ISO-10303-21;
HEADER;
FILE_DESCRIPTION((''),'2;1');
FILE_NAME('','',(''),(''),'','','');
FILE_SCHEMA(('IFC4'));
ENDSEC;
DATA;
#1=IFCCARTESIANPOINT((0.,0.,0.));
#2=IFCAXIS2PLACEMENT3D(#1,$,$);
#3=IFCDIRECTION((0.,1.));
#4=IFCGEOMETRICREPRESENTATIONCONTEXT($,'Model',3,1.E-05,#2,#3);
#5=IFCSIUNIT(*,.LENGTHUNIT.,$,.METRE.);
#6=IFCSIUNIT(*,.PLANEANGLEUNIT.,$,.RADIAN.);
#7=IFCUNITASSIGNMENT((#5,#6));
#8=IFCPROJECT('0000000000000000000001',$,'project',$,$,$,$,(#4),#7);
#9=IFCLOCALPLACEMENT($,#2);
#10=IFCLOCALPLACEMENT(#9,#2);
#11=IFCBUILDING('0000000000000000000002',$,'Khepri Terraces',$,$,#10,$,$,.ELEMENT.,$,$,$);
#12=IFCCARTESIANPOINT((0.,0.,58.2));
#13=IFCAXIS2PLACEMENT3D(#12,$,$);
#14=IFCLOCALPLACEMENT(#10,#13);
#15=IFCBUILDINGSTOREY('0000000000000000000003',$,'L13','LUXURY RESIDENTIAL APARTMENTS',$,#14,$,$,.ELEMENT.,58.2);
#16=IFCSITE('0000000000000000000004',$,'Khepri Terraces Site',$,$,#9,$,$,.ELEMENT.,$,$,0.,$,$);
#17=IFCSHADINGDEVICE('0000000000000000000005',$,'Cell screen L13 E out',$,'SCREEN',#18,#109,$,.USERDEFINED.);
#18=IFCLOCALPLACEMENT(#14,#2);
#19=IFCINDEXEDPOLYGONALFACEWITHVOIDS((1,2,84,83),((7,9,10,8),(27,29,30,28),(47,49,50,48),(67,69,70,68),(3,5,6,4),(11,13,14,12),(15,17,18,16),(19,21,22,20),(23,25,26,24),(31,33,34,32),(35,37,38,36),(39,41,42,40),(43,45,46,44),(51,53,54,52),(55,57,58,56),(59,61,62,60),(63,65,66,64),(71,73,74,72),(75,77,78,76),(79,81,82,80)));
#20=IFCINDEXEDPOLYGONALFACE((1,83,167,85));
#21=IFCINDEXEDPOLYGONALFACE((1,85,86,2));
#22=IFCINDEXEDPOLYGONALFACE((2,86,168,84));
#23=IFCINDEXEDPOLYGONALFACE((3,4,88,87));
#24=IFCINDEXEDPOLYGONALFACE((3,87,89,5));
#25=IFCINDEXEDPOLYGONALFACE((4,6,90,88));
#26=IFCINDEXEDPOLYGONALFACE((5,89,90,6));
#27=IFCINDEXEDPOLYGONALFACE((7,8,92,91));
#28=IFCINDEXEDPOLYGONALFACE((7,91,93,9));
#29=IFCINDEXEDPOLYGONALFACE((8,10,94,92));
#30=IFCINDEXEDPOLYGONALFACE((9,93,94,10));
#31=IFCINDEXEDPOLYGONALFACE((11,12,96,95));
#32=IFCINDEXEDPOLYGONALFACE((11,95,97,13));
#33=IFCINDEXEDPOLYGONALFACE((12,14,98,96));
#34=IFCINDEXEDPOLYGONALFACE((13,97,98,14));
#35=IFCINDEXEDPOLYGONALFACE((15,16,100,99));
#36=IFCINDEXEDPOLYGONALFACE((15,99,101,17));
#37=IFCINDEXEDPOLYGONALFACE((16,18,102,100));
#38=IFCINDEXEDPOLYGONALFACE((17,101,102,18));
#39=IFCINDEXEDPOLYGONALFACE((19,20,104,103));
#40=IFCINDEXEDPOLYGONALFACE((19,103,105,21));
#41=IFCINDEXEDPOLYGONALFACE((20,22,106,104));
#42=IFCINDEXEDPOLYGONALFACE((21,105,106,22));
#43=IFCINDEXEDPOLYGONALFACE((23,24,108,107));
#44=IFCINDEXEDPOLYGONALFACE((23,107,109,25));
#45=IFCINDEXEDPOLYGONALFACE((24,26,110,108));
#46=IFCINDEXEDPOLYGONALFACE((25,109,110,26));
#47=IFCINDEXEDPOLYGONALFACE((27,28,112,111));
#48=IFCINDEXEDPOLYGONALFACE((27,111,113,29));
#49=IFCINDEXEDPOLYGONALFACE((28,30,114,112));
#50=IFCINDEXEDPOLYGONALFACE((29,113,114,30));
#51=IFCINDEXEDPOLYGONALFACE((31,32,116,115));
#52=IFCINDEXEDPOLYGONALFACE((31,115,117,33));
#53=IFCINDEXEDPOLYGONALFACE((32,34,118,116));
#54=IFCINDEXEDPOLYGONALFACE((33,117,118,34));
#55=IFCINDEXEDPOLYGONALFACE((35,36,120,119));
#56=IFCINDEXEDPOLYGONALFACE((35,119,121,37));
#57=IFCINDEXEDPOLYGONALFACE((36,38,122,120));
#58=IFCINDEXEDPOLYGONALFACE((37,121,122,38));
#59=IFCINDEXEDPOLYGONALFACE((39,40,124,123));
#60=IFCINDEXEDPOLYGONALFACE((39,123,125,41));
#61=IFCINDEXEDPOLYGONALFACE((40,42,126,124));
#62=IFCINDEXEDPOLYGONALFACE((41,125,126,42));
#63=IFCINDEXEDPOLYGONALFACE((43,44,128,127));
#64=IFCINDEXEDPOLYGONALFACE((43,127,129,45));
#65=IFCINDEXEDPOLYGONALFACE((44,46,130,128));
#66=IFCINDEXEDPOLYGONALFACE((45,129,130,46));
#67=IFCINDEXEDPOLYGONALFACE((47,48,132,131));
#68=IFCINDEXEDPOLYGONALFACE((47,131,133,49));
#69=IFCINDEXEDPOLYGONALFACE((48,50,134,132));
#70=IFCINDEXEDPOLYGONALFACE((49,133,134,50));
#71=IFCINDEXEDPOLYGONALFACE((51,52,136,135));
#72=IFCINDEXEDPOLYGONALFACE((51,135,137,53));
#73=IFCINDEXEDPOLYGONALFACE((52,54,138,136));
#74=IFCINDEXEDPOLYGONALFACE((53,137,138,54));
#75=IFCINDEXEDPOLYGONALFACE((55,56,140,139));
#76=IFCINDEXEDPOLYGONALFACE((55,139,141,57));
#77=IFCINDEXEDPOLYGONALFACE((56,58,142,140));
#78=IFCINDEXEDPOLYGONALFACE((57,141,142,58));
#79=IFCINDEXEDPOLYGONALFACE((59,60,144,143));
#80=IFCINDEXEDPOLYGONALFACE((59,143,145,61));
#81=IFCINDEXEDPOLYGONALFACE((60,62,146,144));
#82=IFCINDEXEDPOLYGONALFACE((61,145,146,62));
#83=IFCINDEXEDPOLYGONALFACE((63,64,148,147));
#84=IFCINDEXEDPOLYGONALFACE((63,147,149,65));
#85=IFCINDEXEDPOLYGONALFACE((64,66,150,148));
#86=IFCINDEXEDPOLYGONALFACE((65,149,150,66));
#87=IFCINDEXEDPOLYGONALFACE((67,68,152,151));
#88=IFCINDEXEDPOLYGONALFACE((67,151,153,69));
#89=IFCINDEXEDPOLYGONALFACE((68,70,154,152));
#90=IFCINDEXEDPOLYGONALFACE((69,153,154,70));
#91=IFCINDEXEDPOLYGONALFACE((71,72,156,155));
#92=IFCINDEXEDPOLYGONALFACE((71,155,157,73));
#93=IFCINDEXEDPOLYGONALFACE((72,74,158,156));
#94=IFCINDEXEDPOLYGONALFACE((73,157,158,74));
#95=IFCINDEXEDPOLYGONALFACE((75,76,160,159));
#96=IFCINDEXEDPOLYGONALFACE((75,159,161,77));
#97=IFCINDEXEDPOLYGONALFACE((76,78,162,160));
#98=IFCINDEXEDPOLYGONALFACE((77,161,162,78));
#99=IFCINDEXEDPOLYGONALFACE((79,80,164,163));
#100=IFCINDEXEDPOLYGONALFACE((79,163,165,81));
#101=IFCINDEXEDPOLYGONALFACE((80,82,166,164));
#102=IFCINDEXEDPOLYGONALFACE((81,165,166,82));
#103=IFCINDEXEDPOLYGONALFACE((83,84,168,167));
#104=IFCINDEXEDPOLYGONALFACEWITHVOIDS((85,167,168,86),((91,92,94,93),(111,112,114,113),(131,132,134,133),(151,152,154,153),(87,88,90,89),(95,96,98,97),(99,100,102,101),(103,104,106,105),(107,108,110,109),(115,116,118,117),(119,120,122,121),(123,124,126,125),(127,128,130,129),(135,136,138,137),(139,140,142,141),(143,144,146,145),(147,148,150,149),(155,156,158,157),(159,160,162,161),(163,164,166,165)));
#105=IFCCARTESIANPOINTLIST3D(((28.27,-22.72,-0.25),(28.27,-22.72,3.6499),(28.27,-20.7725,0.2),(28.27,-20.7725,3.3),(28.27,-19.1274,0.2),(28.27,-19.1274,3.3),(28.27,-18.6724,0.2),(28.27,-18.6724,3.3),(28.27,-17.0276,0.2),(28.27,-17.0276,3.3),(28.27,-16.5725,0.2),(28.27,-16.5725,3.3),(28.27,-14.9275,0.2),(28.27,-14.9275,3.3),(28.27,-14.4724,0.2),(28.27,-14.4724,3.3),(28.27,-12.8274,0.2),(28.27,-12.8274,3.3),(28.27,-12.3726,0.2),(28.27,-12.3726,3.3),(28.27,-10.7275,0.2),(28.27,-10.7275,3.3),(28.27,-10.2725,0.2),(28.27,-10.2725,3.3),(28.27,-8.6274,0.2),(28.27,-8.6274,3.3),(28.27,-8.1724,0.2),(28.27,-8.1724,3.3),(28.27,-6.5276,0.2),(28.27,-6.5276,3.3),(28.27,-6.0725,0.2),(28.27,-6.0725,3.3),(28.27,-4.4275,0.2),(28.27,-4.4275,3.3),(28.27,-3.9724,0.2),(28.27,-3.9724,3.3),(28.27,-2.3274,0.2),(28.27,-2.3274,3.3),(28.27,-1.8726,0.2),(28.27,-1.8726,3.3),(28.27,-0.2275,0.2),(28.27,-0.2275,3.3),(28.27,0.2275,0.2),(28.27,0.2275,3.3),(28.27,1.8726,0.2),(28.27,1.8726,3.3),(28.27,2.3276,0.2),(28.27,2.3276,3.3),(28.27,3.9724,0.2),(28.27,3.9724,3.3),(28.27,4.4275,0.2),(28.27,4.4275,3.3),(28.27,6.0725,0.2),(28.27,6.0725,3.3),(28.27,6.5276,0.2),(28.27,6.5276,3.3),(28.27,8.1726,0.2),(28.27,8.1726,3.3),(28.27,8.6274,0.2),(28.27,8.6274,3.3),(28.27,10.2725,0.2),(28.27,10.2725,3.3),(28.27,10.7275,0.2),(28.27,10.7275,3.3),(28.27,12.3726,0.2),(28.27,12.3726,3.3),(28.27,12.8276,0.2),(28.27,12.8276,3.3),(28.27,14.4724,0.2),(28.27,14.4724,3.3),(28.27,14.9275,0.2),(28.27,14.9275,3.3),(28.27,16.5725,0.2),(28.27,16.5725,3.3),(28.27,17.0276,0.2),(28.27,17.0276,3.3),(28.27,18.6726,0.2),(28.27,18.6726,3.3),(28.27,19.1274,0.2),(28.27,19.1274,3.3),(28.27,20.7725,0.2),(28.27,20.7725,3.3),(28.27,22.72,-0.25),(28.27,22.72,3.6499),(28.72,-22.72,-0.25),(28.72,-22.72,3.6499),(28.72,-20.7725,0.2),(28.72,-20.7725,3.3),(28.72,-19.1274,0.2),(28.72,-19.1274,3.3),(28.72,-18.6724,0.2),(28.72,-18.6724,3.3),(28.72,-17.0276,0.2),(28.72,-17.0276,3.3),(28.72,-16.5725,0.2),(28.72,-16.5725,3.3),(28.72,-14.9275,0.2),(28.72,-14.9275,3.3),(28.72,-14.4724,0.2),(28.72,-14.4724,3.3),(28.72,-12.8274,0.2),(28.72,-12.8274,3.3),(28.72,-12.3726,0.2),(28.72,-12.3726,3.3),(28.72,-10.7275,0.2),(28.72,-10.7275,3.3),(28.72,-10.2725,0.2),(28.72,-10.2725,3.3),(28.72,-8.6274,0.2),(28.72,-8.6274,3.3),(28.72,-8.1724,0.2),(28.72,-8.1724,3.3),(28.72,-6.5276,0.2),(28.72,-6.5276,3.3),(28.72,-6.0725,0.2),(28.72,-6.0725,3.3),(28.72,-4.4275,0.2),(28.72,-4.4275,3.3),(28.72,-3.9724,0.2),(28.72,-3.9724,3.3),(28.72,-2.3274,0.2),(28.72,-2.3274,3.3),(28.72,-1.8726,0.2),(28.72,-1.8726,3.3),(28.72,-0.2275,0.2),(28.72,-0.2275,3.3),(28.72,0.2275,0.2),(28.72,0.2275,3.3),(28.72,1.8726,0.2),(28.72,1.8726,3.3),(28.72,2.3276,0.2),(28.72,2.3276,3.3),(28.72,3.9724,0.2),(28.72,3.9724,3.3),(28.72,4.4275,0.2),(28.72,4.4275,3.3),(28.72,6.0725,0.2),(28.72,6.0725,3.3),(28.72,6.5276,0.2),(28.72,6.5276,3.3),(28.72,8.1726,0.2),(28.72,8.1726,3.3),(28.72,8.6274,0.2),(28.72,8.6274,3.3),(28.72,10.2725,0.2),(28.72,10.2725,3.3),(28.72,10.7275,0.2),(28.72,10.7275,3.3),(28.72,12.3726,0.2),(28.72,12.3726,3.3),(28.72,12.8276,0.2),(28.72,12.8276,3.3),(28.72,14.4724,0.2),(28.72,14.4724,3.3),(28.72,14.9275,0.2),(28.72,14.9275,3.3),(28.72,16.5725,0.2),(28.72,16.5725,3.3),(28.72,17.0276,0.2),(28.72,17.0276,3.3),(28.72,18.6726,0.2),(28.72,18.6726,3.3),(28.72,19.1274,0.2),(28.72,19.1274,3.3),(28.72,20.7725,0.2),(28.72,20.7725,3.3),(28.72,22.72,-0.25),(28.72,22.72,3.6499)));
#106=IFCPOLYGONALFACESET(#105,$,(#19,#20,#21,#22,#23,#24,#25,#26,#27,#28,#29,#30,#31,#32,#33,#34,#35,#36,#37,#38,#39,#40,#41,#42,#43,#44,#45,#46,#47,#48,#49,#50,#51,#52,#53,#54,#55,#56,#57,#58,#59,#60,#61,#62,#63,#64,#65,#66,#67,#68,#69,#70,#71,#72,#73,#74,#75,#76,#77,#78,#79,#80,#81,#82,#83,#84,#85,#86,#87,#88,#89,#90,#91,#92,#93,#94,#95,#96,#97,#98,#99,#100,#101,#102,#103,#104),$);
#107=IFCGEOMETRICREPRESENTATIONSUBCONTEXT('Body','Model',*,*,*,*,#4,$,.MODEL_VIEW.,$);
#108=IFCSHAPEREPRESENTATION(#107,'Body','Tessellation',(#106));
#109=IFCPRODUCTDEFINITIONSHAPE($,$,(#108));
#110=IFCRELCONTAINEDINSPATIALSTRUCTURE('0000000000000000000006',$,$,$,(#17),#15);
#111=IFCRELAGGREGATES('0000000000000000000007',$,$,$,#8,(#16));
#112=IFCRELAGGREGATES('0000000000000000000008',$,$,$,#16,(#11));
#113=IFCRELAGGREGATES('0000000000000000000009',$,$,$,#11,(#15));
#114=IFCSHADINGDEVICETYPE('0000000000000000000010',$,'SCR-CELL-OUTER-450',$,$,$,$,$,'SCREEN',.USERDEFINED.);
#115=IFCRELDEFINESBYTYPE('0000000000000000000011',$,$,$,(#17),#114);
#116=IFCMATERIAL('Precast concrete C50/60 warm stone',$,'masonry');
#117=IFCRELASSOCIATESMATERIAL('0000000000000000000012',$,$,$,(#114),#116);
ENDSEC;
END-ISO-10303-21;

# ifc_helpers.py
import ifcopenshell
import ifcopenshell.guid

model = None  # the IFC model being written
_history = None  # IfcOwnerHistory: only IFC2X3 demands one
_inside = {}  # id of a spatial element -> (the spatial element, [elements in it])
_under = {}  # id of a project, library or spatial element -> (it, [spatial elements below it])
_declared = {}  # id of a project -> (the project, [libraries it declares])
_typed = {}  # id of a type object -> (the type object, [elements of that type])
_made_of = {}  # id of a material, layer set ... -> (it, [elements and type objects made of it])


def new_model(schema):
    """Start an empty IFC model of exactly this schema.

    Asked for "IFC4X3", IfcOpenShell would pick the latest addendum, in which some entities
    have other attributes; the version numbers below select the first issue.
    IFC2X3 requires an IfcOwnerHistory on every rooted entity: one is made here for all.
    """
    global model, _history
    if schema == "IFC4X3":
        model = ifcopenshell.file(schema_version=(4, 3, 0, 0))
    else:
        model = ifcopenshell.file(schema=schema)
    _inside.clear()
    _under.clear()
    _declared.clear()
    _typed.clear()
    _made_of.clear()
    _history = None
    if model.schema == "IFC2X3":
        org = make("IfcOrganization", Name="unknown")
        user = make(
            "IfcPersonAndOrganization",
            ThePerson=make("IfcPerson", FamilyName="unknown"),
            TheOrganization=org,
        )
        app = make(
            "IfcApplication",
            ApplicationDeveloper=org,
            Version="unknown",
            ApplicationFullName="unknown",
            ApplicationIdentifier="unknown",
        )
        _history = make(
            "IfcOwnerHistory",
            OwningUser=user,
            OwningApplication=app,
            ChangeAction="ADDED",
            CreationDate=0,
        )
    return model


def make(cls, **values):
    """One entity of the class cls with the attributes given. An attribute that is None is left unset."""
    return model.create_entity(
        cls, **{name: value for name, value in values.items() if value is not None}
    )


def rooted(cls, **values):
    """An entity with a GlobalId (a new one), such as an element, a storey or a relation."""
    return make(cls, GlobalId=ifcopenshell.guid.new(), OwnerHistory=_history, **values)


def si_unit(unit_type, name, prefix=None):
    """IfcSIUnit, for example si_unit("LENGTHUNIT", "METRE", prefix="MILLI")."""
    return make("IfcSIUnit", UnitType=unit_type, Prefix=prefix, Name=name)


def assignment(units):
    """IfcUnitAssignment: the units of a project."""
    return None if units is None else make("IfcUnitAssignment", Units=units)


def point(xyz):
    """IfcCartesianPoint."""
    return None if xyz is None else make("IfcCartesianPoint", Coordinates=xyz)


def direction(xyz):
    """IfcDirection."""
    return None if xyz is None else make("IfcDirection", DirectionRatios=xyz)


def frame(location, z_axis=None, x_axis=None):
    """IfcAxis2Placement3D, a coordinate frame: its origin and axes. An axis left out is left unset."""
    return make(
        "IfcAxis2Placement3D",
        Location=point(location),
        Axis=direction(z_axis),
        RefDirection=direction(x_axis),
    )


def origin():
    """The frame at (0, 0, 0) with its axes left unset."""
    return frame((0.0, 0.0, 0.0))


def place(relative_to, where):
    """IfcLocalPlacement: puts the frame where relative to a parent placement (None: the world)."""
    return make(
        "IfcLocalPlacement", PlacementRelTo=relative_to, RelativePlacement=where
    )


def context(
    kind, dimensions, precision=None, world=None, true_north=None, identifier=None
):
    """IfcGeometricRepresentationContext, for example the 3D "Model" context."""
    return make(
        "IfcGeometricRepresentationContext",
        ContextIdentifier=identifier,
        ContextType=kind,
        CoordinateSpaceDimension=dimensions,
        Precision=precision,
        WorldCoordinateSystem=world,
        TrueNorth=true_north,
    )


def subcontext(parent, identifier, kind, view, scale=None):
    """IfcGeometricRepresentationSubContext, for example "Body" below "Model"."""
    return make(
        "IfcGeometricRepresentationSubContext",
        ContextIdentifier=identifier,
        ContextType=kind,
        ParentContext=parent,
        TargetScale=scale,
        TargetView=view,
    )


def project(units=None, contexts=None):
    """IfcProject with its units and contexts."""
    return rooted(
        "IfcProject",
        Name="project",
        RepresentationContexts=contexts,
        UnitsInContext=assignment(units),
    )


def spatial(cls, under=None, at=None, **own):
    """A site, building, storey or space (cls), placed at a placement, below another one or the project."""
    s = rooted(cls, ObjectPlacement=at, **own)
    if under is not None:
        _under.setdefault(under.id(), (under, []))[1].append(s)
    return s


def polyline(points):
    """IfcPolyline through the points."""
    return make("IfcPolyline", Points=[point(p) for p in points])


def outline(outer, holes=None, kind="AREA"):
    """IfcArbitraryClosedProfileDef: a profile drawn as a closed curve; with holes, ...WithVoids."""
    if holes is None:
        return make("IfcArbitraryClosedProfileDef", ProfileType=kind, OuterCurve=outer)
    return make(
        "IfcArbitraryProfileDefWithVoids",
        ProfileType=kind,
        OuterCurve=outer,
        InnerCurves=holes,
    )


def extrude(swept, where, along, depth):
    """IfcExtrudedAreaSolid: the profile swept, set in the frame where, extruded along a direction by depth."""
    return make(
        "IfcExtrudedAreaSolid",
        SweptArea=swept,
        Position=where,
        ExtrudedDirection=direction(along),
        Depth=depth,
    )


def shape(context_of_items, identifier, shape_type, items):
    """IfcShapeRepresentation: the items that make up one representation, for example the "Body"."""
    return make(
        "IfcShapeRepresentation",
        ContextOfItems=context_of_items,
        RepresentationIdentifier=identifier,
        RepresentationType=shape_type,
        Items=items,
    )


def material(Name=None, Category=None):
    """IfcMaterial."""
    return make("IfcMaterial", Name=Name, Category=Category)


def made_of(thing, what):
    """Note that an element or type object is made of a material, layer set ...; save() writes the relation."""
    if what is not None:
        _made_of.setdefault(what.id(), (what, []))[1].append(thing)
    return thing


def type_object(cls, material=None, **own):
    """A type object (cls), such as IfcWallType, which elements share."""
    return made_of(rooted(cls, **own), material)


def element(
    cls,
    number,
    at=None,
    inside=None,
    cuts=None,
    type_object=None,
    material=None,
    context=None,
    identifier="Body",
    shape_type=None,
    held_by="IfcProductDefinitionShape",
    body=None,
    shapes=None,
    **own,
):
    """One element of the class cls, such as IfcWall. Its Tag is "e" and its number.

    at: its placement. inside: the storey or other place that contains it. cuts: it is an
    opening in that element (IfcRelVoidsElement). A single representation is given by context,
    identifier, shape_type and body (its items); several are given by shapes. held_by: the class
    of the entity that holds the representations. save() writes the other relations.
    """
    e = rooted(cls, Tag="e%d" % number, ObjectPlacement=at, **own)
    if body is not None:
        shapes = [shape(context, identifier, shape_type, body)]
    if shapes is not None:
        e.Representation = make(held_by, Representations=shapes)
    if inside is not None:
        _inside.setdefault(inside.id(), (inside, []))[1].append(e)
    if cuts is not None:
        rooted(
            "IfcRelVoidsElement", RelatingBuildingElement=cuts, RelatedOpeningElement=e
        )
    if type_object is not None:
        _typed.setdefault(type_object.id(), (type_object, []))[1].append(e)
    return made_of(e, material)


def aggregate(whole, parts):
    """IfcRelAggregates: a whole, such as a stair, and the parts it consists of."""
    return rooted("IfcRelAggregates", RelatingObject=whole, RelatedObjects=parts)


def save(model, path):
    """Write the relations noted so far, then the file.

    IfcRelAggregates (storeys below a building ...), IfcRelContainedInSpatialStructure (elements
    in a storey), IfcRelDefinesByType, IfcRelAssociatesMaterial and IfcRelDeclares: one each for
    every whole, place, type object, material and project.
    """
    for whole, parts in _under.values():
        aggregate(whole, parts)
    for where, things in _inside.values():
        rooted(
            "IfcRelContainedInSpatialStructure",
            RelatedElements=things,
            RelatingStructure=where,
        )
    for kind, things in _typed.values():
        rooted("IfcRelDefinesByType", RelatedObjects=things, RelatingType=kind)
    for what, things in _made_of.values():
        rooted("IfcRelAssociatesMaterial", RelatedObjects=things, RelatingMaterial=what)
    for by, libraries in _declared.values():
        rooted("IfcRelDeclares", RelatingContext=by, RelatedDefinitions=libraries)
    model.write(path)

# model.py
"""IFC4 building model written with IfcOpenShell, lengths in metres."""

from ifc_helpers import new_model, si_unit, direction, frame, origin, place, context, subcontext, project, spatial, polyline, outline, extrude, material, type_object, element, save


model = new_model("IFC4")

# Units and contexts
model_context = context("Model", 3, precision=1e-05, world=origin(), true_north=direction((0.0, 1.0)))
body_context = subcontext(model_context, "Body", "Model", "MODEL_VIEW")
ifc_project = project(units=[si_unit("LENGTHUNIT", "METRE"), si_unit("PLANEANGLEUNIT", "RADIAN")], contexts=[model_context])

# Site, building, storey
site_placement = place(None, origin())
site = spatial("IfcSite", under=ifc_project, at=site_placement, Name="Khepri Terraces Site", CompositionType="ELEMENT", RefElevation=0.0)
building_placement = place(site_placement, origin())
building = spatial("IfcBuilding", under=site, at=building_placement, Name="Khepri Terraces", CompositionType="ELEMENT")
storey_placement = place(building_placement, frame((0.0, 0.0, 58.2)))
storey = spatial("IfcBuildingStorey", under=building, at=storey_placement, Name="L13", Description="LUXURY RESIDENTIAL APARTMENTS", CompositionType="ELEMENT", Elevation=58.2)

# Shared definitions
ifc_material_1 = material(Name="Precast concrete C50/60 warm stone", Category="masonry")

# Shading device
shading_device_type_1 = type_object("IfcShadingDeviceType", Name="SCR-CELL-OUTER-450", ElementType="SCREEN", PredefinedType="USERDEFINED", material=ifc_material_1)
shading_device_1_placement = place(storey_placement, frame((28.27, -22.72, -0.25), z_axis=(1.0, 0.0, 0.0), x_axis=(0.0, 1.0, 0.0)))
element("IfcShadingDevice", 1, at=shading_device_1_placement, inside=storey, type_object=shading_device_type_1, Name="Cell screen L13 E out", ObjectType="SCREEN", PredefinedType="USERDEFINED", context=body_context, shape_type="SweptSolid", body=[
    extrude(outline(polyline([(0.0, 0.0), (45.4399, 0.0), (45.4399, 3.8999), (0.0, 3.8999), (0.0, 0.0)]), holes=[polyline([(1.9475, 0.45), (3.5925, 0.45), (3.5925, 3.55), (1.9475, 3.55), (1.9475, 0.45)]), polyline([(4.0476, 0.45), (5.6924, 0.45), (5.6924, 3.55), (4.0476, 3.55), (4.0476, 0.45)]), polyline([(6.1475, 0.45), (7.7925, 0.45), (7.7925, 3.55), (6.1475, 3.55), (6.1475, 0.45)]), polyline([(8.2476, 0.45), (9.8926, 0.45), (9.8926, 3.55), (8.2476, 3.55), (8.2476, 0.45)]), polyline([(10.3474, 0.45), (11.9924, 0.45), (11.9924, 3.55), (10.3474, 3.55), (10.3474, 0.45)]), polyline([(12.4475, 0.45), (14.0925, 0.45), (14.0925, 3.55), (12.4475, 3.55), (12.4475, 0.45)]), polyline([(14.5476, 0.45), (16.1924, 0.45), (16.1924, 3.55), (14.5476, 3.55), (14.5476, 0.45)]), polyline([(16.6475, 0.45), (18.2925, 0.45), (18.2925, 3.55), (16.6475, 3.55), (16.6475, 0.45)]), polyline([(18.7476, 0.45), (20.3926, 0.45), (20.3926, 3.55), (18.7476, 3.55), (18.7476, 0.45)]), polyline([(20.8474, 0.45), (22.4924, 0.45), (22.4924, 3.55), (20.8474, 3.55), (20.8474, 0.45)]), polyline([(22.9475, 0.45), (24.5925, 0.45), (24.5925, 3.55), (22.9475, 3.55), (22.9475, 0.45)]), polyline([(25.0476, 0.45), (26.6924, 0.45), (26.6924, 3.55), (25.0476, 3.55), (25.0476, 0.45)]), polyline([(27.1475, 0.45), (28.7925, 0.45), (28.7925, 3.55), (27.1475, 3.55), (27.1475, 0.45)]), polyline([(29.2476, 0.45), (30.8926, 0.45), (30.8926, 3.55), (29.2476, 3.55), (29.2476, 0.45)]), polyline([(31.3474, 0.45), (32.9924, 0.45), (32.9924, 3.55), (31.3474, 3.55), (31.3474, 0.45)]), polyline([(33.4475, 0.45), (35.0925, 0.45), (35.0925, 3.55), (33.4475, 3.55), (33.4475, 0.45)]), polyline([(35.5476, 0.45), (37.1924, 0.45), (37.1924, 3.55), (35.5476, 3.55), (35.5476, 0.45)]), polyline([(37.6475, 0.45), (39.2925, 0.45), (39.2925, 3.55), (37.6475, 3.55), (37.6475, 0.45)]), polyline([(39.7476, 0.45), (41.3926, 0.45), (41.3926, 3.55), (39.7476, 3.55), (39.7476, 0.45)]), polyline([(41.8474, 0.45), (43.4924, 0.45), (43.4924, 3.55), (41.8474, 3.55), (41.8474, 0.45)])]), origin(), (0.0, 0.0, 1.0), 0.45),
])

save(model, "model.ifc")
